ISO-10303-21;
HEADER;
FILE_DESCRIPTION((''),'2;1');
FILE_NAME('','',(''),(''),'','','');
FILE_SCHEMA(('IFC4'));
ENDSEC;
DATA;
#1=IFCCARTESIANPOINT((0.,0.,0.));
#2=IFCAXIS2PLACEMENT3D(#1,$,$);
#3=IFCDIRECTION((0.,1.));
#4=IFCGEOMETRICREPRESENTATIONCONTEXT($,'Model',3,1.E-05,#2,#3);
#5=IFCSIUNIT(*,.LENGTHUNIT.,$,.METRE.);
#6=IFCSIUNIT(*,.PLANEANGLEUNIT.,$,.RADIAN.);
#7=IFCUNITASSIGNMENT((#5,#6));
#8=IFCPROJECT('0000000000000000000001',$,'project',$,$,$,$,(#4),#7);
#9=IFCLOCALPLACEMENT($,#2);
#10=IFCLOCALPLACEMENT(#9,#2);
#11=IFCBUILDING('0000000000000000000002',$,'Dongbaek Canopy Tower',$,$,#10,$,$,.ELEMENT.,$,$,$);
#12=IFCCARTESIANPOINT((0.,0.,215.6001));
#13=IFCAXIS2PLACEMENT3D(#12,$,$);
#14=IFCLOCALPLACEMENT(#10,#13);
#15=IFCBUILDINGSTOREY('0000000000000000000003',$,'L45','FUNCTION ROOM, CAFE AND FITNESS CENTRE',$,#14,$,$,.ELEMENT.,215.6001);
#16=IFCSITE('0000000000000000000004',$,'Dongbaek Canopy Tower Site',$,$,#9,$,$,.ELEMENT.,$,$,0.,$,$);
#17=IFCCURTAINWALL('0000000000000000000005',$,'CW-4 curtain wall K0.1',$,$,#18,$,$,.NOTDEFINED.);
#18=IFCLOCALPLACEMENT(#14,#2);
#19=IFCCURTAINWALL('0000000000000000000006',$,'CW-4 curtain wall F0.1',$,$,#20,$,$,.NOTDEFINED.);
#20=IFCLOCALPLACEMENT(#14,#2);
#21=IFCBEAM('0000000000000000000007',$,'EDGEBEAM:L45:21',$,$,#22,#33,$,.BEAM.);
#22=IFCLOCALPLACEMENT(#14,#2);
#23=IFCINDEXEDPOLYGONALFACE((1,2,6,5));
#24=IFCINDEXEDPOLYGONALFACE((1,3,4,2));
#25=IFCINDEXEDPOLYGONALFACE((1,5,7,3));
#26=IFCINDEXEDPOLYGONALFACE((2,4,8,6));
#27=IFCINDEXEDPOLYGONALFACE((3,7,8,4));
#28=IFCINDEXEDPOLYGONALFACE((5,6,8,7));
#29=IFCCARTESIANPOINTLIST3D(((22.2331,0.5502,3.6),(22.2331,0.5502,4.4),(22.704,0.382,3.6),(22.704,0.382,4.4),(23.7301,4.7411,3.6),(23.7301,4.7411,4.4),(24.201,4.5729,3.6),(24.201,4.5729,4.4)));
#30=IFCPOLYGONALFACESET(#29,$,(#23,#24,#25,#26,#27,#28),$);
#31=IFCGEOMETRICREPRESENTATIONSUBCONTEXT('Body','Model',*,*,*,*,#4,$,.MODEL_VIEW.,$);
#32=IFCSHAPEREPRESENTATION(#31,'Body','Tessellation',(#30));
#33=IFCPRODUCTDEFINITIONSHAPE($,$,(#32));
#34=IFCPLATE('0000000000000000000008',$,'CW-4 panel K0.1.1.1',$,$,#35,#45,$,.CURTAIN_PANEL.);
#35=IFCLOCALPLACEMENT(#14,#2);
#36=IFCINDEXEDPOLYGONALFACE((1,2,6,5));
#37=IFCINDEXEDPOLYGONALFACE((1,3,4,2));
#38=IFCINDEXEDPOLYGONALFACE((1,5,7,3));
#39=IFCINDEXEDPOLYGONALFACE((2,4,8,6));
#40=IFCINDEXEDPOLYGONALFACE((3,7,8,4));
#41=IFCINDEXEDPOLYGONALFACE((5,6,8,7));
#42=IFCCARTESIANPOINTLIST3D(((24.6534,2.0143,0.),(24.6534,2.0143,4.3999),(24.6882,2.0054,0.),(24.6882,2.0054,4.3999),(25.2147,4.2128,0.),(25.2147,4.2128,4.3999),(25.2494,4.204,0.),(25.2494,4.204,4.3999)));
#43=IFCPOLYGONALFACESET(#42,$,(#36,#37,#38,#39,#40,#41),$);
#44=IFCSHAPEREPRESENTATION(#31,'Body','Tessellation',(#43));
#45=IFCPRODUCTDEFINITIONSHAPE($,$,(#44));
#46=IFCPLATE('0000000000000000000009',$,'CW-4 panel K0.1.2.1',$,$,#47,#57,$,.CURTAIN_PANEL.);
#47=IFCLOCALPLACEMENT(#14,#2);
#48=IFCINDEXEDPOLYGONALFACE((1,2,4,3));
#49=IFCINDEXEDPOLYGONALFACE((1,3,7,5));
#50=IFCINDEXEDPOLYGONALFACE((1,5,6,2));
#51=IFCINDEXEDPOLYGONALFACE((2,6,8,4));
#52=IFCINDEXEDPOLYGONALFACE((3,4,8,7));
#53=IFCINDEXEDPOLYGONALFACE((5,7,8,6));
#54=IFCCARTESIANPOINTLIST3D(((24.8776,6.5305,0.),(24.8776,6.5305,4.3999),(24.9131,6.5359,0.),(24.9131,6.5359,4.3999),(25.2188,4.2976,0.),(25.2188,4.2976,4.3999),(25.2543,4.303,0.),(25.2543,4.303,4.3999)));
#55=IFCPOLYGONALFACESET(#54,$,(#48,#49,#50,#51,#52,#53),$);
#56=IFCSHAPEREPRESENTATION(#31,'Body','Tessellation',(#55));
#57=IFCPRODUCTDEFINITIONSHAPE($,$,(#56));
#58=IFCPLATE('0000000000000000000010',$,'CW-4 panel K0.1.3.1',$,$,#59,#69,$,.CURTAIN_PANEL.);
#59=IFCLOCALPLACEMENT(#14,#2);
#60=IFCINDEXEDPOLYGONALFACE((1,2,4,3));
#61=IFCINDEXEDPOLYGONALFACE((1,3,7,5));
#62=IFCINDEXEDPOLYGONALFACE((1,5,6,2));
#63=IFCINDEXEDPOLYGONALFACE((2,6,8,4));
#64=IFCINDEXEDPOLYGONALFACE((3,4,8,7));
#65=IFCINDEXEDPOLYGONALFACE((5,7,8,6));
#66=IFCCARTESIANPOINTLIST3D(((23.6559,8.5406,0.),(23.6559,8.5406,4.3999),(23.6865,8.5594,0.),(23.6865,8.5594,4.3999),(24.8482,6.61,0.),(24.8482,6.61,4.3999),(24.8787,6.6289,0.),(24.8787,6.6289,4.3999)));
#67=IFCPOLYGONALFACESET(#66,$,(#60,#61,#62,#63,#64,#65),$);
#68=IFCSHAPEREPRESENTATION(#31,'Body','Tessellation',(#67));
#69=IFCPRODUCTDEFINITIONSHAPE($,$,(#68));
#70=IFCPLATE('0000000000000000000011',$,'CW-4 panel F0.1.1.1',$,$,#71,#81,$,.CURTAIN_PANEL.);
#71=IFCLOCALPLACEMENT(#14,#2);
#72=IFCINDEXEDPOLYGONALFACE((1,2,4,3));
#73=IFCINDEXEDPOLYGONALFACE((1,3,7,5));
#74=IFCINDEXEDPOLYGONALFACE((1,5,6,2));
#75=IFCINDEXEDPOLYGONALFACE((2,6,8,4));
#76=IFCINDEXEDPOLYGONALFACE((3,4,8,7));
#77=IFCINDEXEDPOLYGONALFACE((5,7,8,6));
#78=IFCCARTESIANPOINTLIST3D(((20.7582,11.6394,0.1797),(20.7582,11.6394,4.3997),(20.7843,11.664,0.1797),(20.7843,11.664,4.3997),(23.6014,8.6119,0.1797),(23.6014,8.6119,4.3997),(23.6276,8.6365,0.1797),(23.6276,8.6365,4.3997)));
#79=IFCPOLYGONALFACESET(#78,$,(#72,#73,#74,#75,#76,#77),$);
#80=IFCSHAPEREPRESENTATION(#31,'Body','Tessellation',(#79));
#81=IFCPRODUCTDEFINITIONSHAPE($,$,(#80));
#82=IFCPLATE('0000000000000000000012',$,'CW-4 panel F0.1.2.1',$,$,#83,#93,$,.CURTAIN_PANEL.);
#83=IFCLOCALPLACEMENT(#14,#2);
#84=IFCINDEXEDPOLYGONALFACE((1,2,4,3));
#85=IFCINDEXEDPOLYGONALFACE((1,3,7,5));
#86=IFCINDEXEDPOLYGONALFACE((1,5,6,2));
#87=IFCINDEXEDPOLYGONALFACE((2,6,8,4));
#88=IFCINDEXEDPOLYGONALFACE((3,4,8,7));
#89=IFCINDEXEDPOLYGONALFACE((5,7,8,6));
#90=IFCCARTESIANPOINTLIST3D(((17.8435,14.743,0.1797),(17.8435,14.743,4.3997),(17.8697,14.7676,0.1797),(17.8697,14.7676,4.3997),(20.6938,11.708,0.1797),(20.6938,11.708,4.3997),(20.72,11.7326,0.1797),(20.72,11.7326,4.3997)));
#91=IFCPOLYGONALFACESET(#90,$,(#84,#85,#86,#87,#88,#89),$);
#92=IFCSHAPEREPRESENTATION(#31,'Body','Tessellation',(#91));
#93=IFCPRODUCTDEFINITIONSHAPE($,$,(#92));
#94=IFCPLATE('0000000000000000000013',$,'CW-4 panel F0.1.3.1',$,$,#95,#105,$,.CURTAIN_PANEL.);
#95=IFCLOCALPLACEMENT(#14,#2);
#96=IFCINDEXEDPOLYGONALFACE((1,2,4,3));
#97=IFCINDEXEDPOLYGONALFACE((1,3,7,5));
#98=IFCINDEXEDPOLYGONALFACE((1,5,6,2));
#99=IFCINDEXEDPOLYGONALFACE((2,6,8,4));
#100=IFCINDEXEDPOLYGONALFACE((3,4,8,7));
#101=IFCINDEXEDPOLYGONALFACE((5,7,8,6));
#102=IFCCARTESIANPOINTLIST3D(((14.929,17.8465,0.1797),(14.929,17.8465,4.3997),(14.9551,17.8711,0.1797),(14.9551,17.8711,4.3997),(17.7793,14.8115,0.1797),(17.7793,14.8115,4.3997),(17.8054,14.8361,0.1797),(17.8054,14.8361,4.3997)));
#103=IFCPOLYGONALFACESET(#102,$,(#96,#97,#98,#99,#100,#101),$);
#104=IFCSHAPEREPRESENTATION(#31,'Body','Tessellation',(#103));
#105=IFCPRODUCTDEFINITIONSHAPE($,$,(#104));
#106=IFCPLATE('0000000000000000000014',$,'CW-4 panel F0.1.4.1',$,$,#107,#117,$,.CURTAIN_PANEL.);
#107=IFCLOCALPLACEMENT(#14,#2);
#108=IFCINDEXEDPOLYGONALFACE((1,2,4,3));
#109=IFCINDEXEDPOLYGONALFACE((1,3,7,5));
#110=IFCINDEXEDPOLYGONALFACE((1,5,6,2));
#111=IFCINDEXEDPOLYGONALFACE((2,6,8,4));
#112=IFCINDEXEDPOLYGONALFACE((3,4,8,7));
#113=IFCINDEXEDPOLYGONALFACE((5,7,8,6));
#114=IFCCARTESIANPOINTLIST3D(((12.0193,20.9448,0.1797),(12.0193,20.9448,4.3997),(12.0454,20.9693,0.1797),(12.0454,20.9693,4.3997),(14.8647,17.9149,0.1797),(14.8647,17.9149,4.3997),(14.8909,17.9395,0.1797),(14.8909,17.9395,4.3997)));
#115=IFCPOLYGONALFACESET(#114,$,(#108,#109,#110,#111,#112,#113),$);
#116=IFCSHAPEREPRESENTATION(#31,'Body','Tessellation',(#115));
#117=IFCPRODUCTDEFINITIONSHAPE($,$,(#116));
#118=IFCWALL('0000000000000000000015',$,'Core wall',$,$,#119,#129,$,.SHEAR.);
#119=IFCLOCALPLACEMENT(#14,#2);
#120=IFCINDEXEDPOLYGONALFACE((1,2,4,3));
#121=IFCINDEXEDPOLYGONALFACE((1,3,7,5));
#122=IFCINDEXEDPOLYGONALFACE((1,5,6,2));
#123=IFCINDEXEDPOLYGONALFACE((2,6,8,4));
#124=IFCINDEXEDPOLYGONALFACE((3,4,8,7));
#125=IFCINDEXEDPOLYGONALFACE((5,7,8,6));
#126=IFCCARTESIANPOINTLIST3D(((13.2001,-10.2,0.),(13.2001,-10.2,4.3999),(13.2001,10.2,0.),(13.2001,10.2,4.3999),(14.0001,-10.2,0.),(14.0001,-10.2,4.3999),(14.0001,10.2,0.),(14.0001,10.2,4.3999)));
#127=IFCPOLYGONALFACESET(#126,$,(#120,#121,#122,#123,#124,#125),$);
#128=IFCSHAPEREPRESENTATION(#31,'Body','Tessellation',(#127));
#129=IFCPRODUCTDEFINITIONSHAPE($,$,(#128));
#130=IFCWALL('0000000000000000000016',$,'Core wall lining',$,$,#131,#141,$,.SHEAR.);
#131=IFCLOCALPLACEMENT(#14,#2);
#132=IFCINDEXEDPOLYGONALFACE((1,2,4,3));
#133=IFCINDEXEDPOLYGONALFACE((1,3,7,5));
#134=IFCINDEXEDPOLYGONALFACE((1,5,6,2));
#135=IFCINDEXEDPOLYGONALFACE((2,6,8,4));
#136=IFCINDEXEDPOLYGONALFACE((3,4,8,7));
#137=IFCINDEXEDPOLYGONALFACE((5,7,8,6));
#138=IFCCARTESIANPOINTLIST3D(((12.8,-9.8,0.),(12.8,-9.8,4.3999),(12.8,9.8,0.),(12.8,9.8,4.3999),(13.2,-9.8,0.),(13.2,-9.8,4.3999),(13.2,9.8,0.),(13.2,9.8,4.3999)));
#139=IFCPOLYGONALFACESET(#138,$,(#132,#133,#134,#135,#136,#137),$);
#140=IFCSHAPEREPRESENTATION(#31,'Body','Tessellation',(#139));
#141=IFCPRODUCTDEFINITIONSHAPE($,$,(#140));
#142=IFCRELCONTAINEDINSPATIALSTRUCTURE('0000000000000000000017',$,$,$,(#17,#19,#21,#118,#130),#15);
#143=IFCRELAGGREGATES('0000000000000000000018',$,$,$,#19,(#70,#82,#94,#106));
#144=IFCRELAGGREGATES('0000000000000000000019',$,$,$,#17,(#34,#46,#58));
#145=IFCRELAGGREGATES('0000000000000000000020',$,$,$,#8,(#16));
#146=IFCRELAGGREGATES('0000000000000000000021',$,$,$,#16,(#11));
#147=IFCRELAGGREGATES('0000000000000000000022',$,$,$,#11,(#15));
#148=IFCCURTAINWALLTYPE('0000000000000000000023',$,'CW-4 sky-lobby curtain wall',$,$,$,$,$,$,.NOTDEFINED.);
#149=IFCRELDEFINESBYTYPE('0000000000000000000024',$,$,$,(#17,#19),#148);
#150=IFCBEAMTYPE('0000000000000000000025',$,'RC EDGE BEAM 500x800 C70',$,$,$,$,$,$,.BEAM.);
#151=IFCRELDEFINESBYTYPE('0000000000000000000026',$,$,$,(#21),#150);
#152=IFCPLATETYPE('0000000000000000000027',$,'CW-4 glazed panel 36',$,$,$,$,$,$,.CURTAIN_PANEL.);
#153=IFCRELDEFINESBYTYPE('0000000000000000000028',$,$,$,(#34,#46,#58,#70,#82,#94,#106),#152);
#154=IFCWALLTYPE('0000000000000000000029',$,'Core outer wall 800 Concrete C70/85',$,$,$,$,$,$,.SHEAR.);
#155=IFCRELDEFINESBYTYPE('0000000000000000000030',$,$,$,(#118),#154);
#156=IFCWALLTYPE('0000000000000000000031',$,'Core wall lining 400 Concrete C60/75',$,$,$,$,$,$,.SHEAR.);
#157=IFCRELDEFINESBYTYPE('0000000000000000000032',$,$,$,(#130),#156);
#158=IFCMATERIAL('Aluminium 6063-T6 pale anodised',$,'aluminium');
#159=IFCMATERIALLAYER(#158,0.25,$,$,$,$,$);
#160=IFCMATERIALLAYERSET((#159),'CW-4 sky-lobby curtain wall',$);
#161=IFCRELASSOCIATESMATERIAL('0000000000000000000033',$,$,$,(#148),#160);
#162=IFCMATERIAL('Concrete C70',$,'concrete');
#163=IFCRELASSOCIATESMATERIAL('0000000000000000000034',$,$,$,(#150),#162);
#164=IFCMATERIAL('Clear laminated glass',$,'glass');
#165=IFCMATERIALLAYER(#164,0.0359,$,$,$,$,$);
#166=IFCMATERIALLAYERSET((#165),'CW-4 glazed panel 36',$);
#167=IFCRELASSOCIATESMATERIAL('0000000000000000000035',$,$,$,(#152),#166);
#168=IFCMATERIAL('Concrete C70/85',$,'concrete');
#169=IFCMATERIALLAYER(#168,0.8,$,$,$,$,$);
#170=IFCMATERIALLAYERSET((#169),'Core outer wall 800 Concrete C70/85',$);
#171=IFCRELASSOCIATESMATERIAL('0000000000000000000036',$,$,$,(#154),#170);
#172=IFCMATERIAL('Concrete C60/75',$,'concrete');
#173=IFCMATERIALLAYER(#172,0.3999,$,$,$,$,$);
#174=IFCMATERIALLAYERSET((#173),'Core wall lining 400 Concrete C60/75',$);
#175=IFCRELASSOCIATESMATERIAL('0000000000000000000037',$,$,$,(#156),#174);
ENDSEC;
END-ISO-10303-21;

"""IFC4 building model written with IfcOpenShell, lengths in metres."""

from ifc_helpers import new_model, si_unit, direction, frame, frame_2d, origin, origin_2d, place, context, subcontext, project, spatial, rectangle, extrude, material, layer, layer_set, material_profile, profile_set, type_object, element, aggregate, save


model = new_model("IFC4")

# Units and contexts
model_context = context("Model", 3, precision=1e-05, world=origin(), true_north=direction((0.0, 1.0)))
body_context = subcontext(model_context, "Body", "Model", "MODEL_VIEW")
ifc_project = project(units=[si_unit("LENGTHUNIT", "METRE"), si_unit("PLANEANGLEUNIT", "RADIAN")], contexts=[model_context])

# Site, building, storey
site_placement = place(None, origin())
site = spatial("IfcSite", under=ifc_project, at=site_placement, Name="Dongbaek Canopy Tower Site", CompositionType="ELEMENT", RefElevation=0.0)
building_placement = place(site_placement, origin())
building = spatial("IfcBuilding", under=site, at=building_placement, Name="Dongbaek Canopy Tower", CompositionType="ELEMENT")
storey_placement = place(building_placement, frame((0.0, 0.0, 215.6001)))
storey = spatial("IfcBuildingStorey", under=building, at=storey_placement, Name="L45", Description="FUNCTION ROOM, CAFE AND FITNESS CENTRE", CompositionType="ELEMENT", Elevation=215.6001)

# Curtain walls
ifc_material_1 = material(Name="Aluminium 6063-T6 pale anodised", Category="aluminium")
ifc_layer_1 = layer(ifc_material_1, 0.25)
ifc_layer_set_1 = layer_set([ifc_layer_1], Name="CW-4 sky-lobby curtain wall")
curtain_wall_type = type_object("IfcCurtainWallType", Name="CW-4 sky-lobby curtain wall", PredefinedType="NOTDEFINED", material=ifc_layer_set_1)
curtain_wall_1_placement = place(storey_placement, origin())
curtain_wall_1 = element("IfcCurtainWall", 1, at=curtain_wall_1_placement, inside=storey, type_object=curtain_wall_type, Name="CW-4 curtain wall K0.1", PredefinedType="NOTDEFINED")
curtain_wall_2_placement = place(storey_placement, origin())
curtain_wall_2 = element("IfcCurtainWall", 2, at=curtain_wall_2_placement, inside=storey, type_object=curtain_wall_type, Name="CW-4 curtain wall F0.1", PredefinedType="NOTDEFINED")

# Beam
ifc_material_2 = material(Name="Concrete C70", Category="concrete")
ifc_material_profile_1 = material_profile(ifc_material_2, rectangle(XDim=0.5, YDim=0.8, at=origin_2d()), Name="RC EDGE BEAM 500x800 C70")
ifc_profile_set_1 = profile_set([ifc_material_profile_1], Name="Concrete C70")
beam_type = type_object("IfcBeamType", Name="RC EDGE BEAM 500x800 C70", PredefinedType="BEAM", material=ifc_profile_set_1)
beam_1_placement = place(storey_placement, frame((23.9656, 4.657, 4.0), z_axis=(-0.336399, -0.94172, 0.0), x_axis=(0.94172, -0.336399, 0.0)))
element("IfcBeam", 3, at=beam_1_placement, inside=storey, type_object=beam_type, Name="EDGEBEAM:L45:21", PredefinedType="BEAM", context=body_context, shape_type="SweptSolid", body=[
    extrude(rectangle(XDim=0.5, YDim=0.8, at=origin_2d()), origin(), (0.0, 0.0, 1.0), 4.4502),
])

# Plates
ifc_material_3 = material(Name="Clear laminated glass", Category="glass")
ifc_layer_2 = layer(ifc_material_3, 0.0359)
ifc_layer_set_2 = layer_set([ifc_layer_2], Name="CW-4 glazed panel 36")
plate_type = type_object("IfcPlateType", Name="CW-4 glazed panel 36", PredefinedType="CURTAIN_PANEL", material=ifc_layer_set_2)
plate_1_placement = place(storey_placement, frame((24.9514, 3.1091, 0.0), z_axis=(0.0, 0.0, 1.0), x_axis=(0.247361, 0.968923, 0.0)))
plate_1 = element("IfcPlate", 4, at=plate_1_placement, type_object=plate_type, Name="CW-4 panel K0.1.1.1", PredefinedType="CURTAIN_PANEL", context=body_context, shape_type="SweptSolid", body=[
    extrude(rectangle(XDim=2.269, YDim=0.0359, at=origin_2d()), origin(), (0.0, 0.0, 1.0), 4.3999),
])
plate_2_placement = place(storey_placement, frame((25.0659, 5.4167, 0.0), z_axis=(0.0, 0.0, 1.0), x_axis=(-0.151055, 0.988525, 0.0)))
plate_2 = element("IfcPlate", 5, at=plate_2_placement, type_object=plate_type, Name="CW-4 panel K0.1.2.1", PredefinedType="CURTAIN_PANEL", context=body_context, shape_type="SweptSolid", body=[
    extrude(rectangle(XDim=2.2588, YDim=0.0359, at=origin_2d()), origin(), (0.0, 0.0, 1.0), 4.3999),
])
plate_3_placement = place(storey_placement, frame((24.2673, 7.5847, 0.0), z_axis=(0.0, 0.0, 1.0), x_axis=(-0.525436, 0.850833, 0.0)))
plate_3 = element("IfcPlate", 6, at=plate_3_placement, type_object=plate_type, Name="CW-4 panel K0.1.3.1", PredefinedType="CURTAIN_PANEL", context=body_context, shape_type="SweptSolid", body=[
    extrude(rectangle(XDim=2.269, YDim=0.0359, at=origin_2d()), origin(), (0.0, 0.0, 1.0), 4.3999),
])
plate_4_placement = place(storey_placement, frame((22.1929, 10.1379, 0.1797), z_axis=(0.0, 0.0, 1.0), x_axis=(-0.684577, 0.728941, 0.0)))
plate_4 = element("IfcPlate", 7, at=plate_4_placement, type_object=plate_type, Name="CW-4 panel F0.1.1.1", PredefinedType="CURTAIN_PANEL", context=body_context, shape_type="SweptSolid", body=[
    extrude(rectangle(XDim=4.1533, YDim=0.0359, at=origin_2d()), origin(), (0.0, 0.0, 1.0), 4.22),
])
plate_5_placement = place(storey_placement, frame((19.2817, 13.2378, 0.1797), z_axis=(0.0, 0.0, 1.0), x_axis=(-0.684577, 0.728941, 0.0)))
plate_5 = element("IfcPlate", 8, at=plate_5_placement, type_object=plate_type, Name="CW-4 panel F0.1.2.1", PredefinedType="CURTAIN_PANEL", context=body_context, shape_type="SweptSolid", body=[
    extrude(rectangle(XDim=4.1636, YDim=0.0359, at=origin_2d()), origin(), (0.0, 0.0, 1.0), 4.22),
])
plate_6_placement = place(storey_placement, frame((16.3672, 16.3413, 0.1797), z_axis=(0.0, 0.0, 1.0), x_axis=(-0.684577, 0.728941, 0.0)))
plate_6 = element("IfcPlate", 9, at=plate_6_placement, type_object=plate_type, Name="CW-4 panel F0.1.3.1", PredefinedType="CURTAIN_PANEL", context=body_context, shape_type="SweptSolid", body=[
    extrude(rectangle(XDim=4.1636, YDim=0.0359, at=origin_2d()), origin(), (0.0, 0.0, 1.0), 4.22),
])
plate_7_placement = place(storey_placement, frame((13.4551, 19.4421, 0.1797), z_axis=(0.0, 0.0, 1.0), x_axis=(-0.684577, 0.728941, 0.0)))
plate_7 = element("IfcPlate", 10, at=plate_7_placement, type_object=plate_type, Name="CW-4 panel F0.1.4.1", PredefinedType="CURTAIN_PANEL", context=body_context, shape_type="SweptSolid", body=[
    extrude(rectangle(XDim=4.1565, YDim=0.0359, at=origin_2d()), origin(), (0.0, 0.0, 1.0), 4.22),
])
aggregate(curtain_wall_2, [plate_4, plate_5, plate_6, plate_7])

# Walls
ifc_material_4 = material(Name="Concrete C70/85", Category="concrete")
ifc_layer_3 = layer(ifc_material_4, 0.8)
ifc_layer_set_3 = layer_set([ifc_layer_3], Name="Core outer wall 800 Concrete C70/85")
wall_type_1 = type_object("IfcWallType", Name="Core outer wall 800 Concrete C70/85", PredefinedType="SHEAR", material=ifc_layer_set_3)
wall_1_placement = place(storey_placement, frame((13.6001, 10.2, 0.0), z_axis=(0.0, 0.0, 1.0), x_axis=(0.0, -1.0, 0.0)))
element("IfcWall", 11, at=wall_1_placement, inside=storey, type_object=wall_type_1, Name="Core wall", PredefinedType="SHEAR", context=body_context, shape_type="SweptSolid", body=[
    extrude(rectangle(XDim=20.3999, YDim=0.8, at=frame_2d((10.2, 0.0))), origin(), (0.0, 0.0, 1.0), 4.3999),
])
ifc_material_5 = material(Name="Concrete C60/75", Category="concrete")
ifc_layer_4 = layer(ifc_material_5, 0.3999)
ifc_layer_set_4 = layer_set([ifc_layer_4], Name="Core wall lining 400 Concrete C60/75")
wall_type_2 = type_object("IfcWallType", Name="Core wall lining 400 Concrete C60/75", PredefinedType="SHEAR", material=ifc_layer_set_4)
wall_2_placement = place(storey_placement, frame((13.0, 9.8, 0.0), z_axis=(0.0, 0.0, 1.0), x_axis=(0.0, -1.0, 0.0)))
element("IfcWall", 12, at=wall_2_placement, inside=storey, type_object=wall_type_2, Name="Core wall lining", PredefinedType="SHEAR", context=body_context, shape_type="SweptSolid", body=[
    extrude(rectangle(XDim=19.6001, YDim=0.3999, at=frame_2d((9.8, 0.0))), origin(), (0.0, 0.0, 1.0), 4.3999),
])

aggregate(curtain_wall_1, [plate_1, plate_2, plate_3])

save(model, "model.ifc")
